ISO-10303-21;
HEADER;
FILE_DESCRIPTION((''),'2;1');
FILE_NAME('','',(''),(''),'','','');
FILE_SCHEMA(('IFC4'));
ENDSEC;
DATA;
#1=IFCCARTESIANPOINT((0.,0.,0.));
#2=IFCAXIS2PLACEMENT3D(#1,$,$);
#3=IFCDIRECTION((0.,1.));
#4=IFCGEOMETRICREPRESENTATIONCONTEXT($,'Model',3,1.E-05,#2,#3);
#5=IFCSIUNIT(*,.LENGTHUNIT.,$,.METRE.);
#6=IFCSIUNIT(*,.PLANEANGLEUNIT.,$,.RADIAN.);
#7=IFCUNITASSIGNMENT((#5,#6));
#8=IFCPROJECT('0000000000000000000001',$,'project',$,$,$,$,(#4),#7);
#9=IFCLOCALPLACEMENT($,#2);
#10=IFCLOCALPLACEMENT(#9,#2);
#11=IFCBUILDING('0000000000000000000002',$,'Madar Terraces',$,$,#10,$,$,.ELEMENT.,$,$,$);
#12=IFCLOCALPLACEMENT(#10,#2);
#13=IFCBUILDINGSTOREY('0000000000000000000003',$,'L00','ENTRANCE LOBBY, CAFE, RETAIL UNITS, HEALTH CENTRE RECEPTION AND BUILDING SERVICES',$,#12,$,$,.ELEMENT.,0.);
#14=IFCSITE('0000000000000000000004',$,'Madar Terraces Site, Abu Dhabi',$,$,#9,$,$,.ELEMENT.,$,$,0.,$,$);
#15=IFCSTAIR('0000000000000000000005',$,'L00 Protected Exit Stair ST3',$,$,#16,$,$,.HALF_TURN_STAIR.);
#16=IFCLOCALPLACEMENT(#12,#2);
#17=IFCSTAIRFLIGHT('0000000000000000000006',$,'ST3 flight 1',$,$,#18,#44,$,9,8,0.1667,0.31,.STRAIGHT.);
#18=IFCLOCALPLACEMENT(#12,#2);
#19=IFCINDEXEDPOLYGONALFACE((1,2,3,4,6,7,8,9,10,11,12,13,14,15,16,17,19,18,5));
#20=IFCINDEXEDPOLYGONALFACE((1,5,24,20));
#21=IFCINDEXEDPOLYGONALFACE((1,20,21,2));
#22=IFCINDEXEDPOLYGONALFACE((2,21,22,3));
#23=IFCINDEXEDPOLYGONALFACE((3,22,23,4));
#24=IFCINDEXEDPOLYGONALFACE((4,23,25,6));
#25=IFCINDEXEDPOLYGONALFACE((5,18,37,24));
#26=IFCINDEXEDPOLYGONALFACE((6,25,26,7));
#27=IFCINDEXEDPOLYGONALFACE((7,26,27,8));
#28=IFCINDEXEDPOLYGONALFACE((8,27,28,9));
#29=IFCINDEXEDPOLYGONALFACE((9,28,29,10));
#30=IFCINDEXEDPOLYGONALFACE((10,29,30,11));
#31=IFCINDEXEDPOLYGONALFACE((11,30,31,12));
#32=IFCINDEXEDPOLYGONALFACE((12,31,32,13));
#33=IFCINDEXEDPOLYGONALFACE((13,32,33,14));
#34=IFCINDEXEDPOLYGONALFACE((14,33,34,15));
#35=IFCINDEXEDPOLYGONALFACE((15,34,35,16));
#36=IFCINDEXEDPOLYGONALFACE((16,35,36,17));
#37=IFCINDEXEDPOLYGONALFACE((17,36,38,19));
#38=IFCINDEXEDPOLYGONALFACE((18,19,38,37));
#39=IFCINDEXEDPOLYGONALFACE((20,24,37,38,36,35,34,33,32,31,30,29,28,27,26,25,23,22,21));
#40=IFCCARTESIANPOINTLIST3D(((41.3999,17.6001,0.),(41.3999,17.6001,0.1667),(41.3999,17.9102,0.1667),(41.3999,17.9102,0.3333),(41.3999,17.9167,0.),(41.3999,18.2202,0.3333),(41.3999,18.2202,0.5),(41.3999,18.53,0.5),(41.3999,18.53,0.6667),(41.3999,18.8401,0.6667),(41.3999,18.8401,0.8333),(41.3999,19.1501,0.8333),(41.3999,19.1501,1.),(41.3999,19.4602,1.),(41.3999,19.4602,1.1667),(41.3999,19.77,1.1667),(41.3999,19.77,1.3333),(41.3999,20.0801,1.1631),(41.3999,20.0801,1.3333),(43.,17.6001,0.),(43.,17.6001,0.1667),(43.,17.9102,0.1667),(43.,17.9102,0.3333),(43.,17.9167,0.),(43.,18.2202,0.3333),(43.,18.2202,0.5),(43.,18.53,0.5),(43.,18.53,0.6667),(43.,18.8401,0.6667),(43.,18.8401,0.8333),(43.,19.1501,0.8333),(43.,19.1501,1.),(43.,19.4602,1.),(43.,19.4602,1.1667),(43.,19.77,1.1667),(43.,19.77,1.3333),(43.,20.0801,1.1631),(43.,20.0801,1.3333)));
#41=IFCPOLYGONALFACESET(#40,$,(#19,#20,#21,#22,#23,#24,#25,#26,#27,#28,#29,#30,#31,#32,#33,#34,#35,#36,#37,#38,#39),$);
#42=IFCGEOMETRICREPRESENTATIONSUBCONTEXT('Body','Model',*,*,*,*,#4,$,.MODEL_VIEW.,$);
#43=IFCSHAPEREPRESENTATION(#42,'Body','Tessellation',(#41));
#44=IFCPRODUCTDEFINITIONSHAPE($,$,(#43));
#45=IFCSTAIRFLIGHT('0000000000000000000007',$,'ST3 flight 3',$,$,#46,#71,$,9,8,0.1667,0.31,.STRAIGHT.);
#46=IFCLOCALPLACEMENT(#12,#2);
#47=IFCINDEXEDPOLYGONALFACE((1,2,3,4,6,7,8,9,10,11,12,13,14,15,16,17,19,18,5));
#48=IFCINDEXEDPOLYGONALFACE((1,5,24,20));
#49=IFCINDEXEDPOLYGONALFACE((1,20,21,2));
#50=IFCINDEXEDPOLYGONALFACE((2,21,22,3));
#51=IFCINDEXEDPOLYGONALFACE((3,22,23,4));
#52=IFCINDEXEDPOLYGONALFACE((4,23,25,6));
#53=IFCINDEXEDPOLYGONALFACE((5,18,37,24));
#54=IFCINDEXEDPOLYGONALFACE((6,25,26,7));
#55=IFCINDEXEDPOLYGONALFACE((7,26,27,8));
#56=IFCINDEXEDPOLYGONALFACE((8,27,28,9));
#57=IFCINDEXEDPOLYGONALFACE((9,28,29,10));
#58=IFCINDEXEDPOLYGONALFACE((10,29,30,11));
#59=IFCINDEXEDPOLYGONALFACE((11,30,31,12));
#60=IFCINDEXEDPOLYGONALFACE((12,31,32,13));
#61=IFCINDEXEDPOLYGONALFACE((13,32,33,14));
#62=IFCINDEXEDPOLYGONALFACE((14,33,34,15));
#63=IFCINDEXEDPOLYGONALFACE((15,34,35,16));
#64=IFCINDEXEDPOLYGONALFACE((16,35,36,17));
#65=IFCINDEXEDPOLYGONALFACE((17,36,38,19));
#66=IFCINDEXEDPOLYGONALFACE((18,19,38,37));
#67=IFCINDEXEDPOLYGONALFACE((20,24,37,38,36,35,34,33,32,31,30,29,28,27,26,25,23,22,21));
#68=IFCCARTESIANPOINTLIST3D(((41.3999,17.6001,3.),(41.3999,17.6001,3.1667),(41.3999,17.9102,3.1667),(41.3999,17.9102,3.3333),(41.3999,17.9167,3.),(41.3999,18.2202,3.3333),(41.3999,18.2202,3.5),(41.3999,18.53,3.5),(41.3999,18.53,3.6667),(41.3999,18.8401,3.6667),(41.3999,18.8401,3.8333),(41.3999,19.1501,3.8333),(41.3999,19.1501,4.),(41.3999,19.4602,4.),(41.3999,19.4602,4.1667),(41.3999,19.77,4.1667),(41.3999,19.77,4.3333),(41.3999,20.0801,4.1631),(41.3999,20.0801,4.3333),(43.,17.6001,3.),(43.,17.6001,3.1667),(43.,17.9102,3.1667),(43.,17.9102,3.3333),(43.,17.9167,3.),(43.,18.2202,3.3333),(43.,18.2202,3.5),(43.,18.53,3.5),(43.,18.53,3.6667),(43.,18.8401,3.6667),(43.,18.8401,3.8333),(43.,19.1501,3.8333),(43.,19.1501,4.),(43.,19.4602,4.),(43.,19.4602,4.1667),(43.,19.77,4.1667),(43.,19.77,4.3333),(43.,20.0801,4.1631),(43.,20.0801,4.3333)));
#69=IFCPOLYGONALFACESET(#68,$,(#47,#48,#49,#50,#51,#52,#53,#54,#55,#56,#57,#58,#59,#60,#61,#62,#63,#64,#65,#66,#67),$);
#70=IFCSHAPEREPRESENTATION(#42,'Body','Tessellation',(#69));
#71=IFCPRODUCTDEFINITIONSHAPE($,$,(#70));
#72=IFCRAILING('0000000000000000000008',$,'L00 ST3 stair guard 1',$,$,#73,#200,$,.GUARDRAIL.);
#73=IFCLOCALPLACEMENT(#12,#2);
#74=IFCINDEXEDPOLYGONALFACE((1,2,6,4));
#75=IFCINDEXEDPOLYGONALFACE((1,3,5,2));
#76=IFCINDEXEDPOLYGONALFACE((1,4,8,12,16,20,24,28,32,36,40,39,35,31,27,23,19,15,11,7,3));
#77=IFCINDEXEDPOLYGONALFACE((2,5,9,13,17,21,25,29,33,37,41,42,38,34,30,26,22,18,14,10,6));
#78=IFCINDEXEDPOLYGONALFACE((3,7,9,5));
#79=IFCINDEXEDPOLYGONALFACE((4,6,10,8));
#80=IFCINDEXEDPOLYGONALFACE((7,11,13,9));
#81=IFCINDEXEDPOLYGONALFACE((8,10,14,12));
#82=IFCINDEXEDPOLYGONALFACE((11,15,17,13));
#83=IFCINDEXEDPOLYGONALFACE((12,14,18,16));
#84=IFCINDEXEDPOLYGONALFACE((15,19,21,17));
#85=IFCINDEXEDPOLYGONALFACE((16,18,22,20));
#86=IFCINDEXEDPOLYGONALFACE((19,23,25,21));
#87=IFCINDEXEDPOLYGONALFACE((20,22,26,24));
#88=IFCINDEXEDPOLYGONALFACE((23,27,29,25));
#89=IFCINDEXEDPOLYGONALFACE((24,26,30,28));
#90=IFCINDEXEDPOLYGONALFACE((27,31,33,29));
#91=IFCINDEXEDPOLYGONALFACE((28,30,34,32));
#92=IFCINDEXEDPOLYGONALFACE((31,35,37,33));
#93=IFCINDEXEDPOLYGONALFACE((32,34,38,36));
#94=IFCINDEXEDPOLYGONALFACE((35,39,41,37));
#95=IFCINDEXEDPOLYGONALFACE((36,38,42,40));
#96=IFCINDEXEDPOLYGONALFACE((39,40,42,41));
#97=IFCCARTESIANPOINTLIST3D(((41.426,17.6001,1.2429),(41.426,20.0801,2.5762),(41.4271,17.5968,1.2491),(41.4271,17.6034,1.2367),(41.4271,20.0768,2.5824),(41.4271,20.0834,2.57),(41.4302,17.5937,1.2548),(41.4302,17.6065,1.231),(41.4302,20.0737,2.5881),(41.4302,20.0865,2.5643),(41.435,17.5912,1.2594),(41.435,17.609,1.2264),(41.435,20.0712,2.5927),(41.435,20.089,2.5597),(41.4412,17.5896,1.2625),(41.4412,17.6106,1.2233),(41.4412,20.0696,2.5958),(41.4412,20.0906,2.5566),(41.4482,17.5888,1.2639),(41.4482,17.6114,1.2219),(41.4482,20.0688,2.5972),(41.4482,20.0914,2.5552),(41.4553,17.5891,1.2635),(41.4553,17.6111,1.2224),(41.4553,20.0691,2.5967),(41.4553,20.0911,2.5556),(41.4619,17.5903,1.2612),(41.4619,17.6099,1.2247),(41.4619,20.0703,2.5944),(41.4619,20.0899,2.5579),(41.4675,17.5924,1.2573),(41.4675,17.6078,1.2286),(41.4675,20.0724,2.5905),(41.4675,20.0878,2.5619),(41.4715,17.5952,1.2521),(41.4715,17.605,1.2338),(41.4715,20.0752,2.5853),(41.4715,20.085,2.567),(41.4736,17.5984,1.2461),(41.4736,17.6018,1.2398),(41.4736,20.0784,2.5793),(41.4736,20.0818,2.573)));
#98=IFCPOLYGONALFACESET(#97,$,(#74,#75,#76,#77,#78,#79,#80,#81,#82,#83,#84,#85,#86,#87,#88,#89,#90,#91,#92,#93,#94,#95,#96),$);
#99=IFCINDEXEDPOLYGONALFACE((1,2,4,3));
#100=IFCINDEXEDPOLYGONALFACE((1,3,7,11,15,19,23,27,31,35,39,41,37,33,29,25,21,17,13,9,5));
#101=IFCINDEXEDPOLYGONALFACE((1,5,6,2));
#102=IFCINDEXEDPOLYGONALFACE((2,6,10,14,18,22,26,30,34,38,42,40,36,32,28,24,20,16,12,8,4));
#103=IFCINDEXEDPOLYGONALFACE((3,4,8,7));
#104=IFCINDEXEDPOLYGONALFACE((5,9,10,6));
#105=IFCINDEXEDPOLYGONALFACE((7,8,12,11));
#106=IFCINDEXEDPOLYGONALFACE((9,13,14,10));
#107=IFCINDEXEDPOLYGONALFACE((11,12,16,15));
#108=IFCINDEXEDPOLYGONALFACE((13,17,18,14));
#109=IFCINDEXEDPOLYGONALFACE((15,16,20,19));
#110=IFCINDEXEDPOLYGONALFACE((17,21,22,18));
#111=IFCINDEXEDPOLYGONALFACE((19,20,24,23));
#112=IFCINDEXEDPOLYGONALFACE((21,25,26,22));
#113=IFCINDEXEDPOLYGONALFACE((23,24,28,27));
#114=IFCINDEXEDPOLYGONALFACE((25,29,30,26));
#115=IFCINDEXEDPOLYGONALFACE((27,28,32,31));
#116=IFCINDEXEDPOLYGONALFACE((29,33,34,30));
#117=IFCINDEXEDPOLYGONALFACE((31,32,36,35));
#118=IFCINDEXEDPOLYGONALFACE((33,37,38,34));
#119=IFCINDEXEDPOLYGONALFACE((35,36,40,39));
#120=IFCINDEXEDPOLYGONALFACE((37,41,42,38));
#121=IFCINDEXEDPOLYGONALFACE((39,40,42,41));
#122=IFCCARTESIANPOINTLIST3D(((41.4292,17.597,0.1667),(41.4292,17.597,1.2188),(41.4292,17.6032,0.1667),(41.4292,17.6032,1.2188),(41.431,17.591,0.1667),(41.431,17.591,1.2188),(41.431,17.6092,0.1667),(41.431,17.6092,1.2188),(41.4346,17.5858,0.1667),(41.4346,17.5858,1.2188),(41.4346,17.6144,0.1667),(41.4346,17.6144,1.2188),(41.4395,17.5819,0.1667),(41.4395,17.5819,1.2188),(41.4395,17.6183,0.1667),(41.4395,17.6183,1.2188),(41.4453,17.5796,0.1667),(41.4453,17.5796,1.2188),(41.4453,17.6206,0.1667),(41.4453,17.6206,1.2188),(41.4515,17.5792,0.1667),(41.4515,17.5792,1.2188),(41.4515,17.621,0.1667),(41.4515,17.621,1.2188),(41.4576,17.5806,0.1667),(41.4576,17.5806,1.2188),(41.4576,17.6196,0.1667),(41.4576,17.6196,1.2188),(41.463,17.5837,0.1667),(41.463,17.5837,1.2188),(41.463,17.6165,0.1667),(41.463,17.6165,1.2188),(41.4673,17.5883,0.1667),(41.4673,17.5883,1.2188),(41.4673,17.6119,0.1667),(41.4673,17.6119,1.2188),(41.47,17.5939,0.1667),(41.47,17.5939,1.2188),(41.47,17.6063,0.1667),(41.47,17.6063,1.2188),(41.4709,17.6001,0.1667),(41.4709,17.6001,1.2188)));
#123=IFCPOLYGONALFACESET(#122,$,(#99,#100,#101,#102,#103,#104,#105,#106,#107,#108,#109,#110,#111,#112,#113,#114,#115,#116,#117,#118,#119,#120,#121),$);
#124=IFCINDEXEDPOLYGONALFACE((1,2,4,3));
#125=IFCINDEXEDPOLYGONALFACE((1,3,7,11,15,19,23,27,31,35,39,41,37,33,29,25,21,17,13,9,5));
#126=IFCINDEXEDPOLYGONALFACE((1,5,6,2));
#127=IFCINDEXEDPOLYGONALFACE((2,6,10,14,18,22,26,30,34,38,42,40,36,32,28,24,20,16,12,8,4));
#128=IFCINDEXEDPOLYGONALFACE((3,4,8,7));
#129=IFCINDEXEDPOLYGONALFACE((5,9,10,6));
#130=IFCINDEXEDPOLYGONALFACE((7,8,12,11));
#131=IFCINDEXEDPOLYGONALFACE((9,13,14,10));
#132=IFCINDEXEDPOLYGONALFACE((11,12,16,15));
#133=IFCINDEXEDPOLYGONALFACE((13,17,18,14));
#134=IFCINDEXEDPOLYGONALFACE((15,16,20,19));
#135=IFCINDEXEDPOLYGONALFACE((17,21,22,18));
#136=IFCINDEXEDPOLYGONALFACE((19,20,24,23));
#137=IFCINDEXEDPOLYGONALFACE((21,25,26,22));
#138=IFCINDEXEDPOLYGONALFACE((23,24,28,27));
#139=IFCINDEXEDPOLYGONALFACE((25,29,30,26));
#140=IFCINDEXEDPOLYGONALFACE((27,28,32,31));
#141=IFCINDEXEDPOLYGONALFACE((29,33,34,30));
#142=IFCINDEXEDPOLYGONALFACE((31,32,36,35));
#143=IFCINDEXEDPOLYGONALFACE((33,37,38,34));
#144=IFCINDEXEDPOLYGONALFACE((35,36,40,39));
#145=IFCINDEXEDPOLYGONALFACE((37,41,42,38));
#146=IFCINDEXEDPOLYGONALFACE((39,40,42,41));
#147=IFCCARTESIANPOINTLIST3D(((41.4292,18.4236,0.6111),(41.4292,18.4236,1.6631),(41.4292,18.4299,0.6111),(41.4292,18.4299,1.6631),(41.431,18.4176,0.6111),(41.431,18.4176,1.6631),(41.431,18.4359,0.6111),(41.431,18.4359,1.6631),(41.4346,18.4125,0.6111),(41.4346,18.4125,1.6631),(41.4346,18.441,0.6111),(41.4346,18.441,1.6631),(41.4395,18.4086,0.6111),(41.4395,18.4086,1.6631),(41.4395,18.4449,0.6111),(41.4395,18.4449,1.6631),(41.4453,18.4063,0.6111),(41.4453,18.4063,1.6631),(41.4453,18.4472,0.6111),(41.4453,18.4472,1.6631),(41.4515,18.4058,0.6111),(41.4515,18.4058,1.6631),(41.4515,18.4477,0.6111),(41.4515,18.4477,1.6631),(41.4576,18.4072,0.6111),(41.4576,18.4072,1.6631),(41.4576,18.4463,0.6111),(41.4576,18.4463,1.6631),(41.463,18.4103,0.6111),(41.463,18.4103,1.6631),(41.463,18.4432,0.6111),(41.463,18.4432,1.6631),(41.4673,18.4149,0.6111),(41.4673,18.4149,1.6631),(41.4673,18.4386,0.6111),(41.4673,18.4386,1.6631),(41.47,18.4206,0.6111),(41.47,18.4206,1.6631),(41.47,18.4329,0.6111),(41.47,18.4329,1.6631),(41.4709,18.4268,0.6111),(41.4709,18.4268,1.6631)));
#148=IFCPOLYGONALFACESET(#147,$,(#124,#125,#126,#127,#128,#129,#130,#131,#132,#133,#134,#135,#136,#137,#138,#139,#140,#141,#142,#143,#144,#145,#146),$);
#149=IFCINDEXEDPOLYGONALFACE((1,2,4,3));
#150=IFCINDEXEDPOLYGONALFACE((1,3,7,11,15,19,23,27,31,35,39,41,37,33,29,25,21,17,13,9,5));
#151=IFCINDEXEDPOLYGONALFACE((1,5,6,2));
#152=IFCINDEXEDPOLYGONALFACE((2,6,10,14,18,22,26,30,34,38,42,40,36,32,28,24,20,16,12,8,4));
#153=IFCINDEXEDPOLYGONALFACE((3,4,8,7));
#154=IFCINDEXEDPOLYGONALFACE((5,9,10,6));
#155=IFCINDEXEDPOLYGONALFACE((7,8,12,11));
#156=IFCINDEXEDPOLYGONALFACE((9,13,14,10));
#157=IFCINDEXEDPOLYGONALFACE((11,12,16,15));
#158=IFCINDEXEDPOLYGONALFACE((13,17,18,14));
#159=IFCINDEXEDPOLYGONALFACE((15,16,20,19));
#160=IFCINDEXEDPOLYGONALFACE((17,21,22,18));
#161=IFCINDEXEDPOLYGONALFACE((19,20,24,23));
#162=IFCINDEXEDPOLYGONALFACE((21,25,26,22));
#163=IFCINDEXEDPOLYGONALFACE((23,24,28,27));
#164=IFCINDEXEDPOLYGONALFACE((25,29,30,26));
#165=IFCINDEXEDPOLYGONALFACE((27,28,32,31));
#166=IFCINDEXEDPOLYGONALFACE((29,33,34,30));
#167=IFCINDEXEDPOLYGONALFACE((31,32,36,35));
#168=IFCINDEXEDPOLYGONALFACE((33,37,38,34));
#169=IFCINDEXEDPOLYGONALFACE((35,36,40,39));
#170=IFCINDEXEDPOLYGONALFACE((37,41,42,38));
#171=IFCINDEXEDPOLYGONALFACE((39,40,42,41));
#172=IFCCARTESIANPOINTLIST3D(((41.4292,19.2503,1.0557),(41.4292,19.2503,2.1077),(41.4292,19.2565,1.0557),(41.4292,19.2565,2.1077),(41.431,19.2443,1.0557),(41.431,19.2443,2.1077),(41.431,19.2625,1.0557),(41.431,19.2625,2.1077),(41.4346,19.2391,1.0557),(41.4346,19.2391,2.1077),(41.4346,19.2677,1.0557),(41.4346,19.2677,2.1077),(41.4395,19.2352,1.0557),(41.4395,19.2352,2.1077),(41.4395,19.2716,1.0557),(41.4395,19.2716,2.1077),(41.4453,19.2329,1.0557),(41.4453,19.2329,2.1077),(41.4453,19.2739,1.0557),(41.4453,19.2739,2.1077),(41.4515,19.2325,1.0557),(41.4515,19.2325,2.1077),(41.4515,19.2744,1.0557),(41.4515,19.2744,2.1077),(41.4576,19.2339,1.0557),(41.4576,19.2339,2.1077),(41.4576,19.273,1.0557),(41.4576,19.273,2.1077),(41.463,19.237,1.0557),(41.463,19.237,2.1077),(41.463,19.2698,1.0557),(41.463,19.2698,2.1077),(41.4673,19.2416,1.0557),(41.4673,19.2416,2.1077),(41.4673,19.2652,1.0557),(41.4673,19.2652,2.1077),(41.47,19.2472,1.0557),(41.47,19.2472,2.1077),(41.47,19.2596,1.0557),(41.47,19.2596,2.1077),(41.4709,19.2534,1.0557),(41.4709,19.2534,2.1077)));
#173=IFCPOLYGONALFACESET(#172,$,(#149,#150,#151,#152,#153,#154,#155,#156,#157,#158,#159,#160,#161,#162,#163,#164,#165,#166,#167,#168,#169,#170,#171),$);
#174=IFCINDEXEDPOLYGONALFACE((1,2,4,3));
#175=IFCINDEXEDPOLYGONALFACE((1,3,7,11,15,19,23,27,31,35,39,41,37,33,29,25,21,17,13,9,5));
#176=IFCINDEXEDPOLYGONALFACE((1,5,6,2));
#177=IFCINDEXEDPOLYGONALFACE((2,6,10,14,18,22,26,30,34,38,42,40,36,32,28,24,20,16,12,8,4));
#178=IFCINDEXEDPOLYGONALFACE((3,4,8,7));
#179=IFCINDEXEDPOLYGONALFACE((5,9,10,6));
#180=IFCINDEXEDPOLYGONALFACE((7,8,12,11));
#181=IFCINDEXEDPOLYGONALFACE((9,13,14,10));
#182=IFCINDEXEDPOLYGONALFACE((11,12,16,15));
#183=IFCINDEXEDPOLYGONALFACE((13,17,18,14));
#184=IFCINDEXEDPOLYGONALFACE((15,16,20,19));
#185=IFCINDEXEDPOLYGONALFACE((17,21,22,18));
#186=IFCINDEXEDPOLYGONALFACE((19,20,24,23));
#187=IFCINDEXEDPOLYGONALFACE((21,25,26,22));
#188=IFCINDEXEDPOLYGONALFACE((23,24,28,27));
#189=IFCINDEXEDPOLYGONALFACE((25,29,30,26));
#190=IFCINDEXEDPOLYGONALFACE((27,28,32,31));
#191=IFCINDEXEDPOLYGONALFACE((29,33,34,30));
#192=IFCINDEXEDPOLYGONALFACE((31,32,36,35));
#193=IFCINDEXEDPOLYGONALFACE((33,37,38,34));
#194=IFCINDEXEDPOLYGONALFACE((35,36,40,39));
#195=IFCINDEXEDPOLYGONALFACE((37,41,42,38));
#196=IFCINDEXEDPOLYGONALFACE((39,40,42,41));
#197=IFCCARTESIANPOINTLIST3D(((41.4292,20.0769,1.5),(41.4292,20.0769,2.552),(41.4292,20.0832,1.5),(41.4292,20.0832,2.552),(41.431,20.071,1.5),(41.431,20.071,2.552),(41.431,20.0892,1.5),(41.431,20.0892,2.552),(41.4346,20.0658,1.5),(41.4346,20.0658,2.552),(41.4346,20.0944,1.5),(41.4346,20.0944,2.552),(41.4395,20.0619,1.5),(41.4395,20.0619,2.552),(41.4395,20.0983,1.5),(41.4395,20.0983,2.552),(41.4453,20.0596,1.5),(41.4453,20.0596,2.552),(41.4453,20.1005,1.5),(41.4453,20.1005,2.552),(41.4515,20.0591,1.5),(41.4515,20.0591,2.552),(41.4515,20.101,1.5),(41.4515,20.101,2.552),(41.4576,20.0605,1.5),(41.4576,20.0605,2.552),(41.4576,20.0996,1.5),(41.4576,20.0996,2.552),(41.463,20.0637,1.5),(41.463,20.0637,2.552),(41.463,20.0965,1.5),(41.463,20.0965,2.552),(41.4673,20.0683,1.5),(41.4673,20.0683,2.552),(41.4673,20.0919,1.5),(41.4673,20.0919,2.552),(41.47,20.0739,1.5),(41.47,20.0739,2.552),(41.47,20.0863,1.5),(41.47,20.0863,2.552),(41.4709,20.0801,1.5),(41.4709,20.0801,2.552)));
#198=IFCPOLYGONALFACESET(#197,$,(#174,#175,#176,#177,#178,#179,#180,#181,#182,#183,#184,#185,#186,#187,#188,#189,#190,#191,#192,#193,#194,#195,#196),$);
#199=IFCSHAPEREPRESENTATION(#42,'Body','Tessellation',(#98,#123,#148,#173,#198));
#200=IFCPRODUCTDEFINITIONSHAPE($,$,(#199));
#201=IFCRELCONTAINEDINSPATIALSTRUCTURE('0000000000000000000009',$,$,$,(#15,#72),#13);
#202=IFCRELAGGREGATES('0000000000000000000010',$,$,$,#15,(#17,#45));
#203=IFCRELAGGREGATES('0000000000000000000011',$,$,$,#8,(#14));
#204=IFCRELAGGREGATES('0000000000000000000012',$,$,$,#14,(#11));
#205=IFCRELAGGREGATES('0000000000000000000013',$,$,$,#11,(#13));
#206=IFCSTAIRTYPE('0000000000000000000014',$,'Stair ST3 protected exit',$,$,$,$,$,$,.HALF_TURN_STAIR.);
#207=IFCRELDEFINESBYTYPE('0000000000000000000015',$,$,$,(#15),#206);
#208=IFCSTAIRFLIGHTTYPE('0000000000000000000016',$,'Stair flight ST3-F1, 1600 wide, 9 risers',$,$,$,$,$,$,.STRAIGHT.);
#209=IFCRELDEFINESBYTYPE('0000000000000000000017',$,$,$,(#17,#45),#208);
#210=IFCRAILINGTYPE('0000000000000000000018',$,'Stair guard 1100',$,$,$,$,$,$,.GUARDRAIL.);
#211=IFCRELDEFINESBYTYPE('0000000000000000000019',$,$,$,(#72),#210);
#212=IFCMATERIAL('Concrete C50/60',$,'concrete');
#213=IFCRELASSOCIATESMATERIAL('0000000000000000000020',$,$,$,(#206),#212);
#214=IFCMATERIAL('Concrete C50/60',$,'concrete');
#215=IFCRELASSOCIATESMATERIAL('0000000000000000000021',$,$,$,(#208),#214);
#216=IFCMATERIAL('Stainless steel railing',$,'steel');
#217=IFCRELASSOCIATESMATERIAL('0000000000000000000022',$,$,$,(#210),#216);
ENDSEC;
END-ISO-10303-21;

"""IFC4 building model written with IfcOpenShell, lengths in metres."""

from ifc_helpers import new_model, si_unit, direction, frame, origin, origin_2d, place, context, subcontext, project, spatial, polyline, circle, outline, extrude, material, type_object, element, aggregate, save


model = new_model("IFC4")

# Units and contexts
model_context = context("Model", 3, precision=1e-05, world=origin(), true_north=direction((0.0, 1.0)))
body_context = subcontext(model_context, "Body", "Model", "MODEL_VIEW")
ifc_project = project(units=[si_unit("LENGTHUNIT", "METRE"), si_unit("PLANEANGLEUNIT", "RADIAN")], contexts=[model_context])

# Site, building, storey
site_placement = place(None, origin())
site = spatial("IfcSite", under=ifc_project, at=site_placement, Name="Madar Terraces Site, Abu Dhabi", CompositionType="ELEMENT", RefElevation=0.0)
building_placement = place(site_placement, origin())
building = spatial("IfcBuilding", under=site, at=building_placement, Name="Madar Terraces", CompositionType="ELEMENT")
storey_placement = place(building_placement, origin())
storey = spatial("IfcBuildingStorey", under=building, at=storey_placement, Name="L00", Description="ENTRANCE LOBBY, CAFE, RETAIL UNITS, HEALTH CENTRE RECEPTION AND BUILDING SERVICES", CompositionType="ELEMENT", Elevation=0.0)

# Stair, stair flights
ifc_material_1 = material(Name="Concrete C50/60", Category="concrete")
stair_type = type_object("IfcStairType", Name="Stair ST3 protected exit", PredefinedType="HALF_TURN_STAIR", material=ifc_material_1)
stair_placement = place(storey_placement, origin())
stair = element("IfcStair", 1, at=stair_placement, inside=storey, type_object=stair_type, Name="L00 Protected Exit Stair ST3", PredefinedType="HALF_TURN_STAIR")
ifc_material_2 = material(Name="Concrete C50/60", Category="concrete")
stair_flight_type = type_object("IfcStairFlightType", Name="Stair flight ST3-F1, 1600 wide, 9 risers", PredefinedType="STRAIGHT", material=ifc_material_2)
stair_flight_1_placement = place(storey_placement, frame((42.2, 17.6001, 0.0), z_axis=(0.0, 0.0, 1.0), x_axis=(0.0, 1.0, 0.0)))
stair_flight_1 = element("IfcStairFlight", 2, at=stair_flight_1_placement, type_object=stair_flight_type, Name="ST3 flight 1", NumberOfRisers=9, NumberOfTreads=8, PredefinedType="STRAIGHT", RiserHeight=0.1667, TreadLength=0.31, context=body_context, shape_type="SweptSolid", body=[
    extrude(outline(polyline([(0.0, 0.0), (0.0, 0.1667), (0.3101, 0.1667), (0.3101, 0.3333), (0.6201, 0.3333), (0.6201, 0.5), (0.9299, 0.5), (0.9299, 0.6667), (1.24, 0.6667), (1.24, 0.8333), (1.55, 0.8333), (1.55, 1.0), (1.8601, 1.0), (1.8601, 1.1667), (2.1699, 1.1667), (2.1699, 1.3333), (2.48, 1.3333), (2.48, 1.5), (2.48, 1.1631), (0.3167, 0.0), (0.0, 0.0)])), frame((0.0, 0.8, 0.0), z_axis=(0.0, -1.0, 0.0), x_axis=(1.0, 0.0, 0.0)), (0.0, 0.0, 1.0), 1.6001),
])
stair_flight_2_placement = place(storey_placement, frame((42.2, 17.6001, 3.0), z_axis=(0.0, 0.0, 1.0), x_axis=(0.0, 1.0, 0.0)))
stair_flight_2 = element("IfcStairFlight", 3, at=stair_flight_2_placement, type_object=stair_flight_type, Name="ST3 flight 3", NumberOfRisers=9, NumberOfTreads=8, PredefinedType="STRAIGHT", RiserHeight=0.1667, TreadLength=0.31, context=body_context, shape_type="SweptSolid", body=[
    extrude(outline(polyline([(0.0, 0.0), (0.0, 0.1667), (0.3101, 0.1667), (0.3101, 0.3333), (0.6201, 0.3333), (0.6201, 0.5), (0.9299, 0.5), (0.9299, 0.6667), (1.24, 0.6667), (1.24, 0.8333), (1.55, 0.8333), (1.55, 1.0), (1.8601, 1.0), (1.8601, 1.1667), (2.1699, 1.1667), (2.1699, 1.3333), (2.48, 1.3333), (2.48, 1.5), (2.48, 1.1631), (0.3167, 0.0), (0.0, 0.0)])), frame((0.0, 0.8, 0.0), z_axis=(0.0, -1.0, 0.0), x_axis=(1.0, 0.0, 0.0)), (0.0, 0.0, 1.0), 1.6001),
])
aggregate(stair, [stair_flight_1, stair_flight_2])

# Railing
ifc_material_3 = material(Name="Stainless steel railing", Category="steel")
railing_type_1 = type_object("IfcRailingType", Name="Stair guard 1100", PredefinedType="GUARDRAIL", material=ifc_material_3)
railing_1_placement = place(storey_placement, frame((41.45, 17.6001, 0.1667)))
element("IfcRailing", 4, at=railing_1_placement, inside=storey, type_object=railing_type_1, Name="L00 ST3 stair guard 1", PredefinedType="GUARDRAIL", context=body_context, shape_type="SweptSolid", body=[
    extrude(circle(Radius=0.0239, at=origin_2d()), frame((0.0, 0.0, 1.0762), z_axis=(0.0, 0.880786, 0.473515), x_axis=(-1.0, 0.0, 0.0)), (0.0, 0.0, 1.0), 2.8157),
    extrude(circle(Radius=0.021, at=origin_2d()), origin(), (0.0, 0.0, 1.0), 1.052),
    extrude(circle(Radius=0.021, at=origin_2d()), frame((0.0, 0.8267, 0.4443)), (0.0, 0.0, 1.0), 1.052),
    extrude(circle(Radius=0.021, at=origin_2d()), frame((0.0, 1.6533, 0.8889)), (0.0, 0.0, 1.0), 1.052),
    extrude(circle(Radius=0.021, at=origin_2d()), frame((0.0, 2.48, 1.3333)), (0.0, 0.0, 1.0), 1.052),
])

save(model, "model.ifc")
